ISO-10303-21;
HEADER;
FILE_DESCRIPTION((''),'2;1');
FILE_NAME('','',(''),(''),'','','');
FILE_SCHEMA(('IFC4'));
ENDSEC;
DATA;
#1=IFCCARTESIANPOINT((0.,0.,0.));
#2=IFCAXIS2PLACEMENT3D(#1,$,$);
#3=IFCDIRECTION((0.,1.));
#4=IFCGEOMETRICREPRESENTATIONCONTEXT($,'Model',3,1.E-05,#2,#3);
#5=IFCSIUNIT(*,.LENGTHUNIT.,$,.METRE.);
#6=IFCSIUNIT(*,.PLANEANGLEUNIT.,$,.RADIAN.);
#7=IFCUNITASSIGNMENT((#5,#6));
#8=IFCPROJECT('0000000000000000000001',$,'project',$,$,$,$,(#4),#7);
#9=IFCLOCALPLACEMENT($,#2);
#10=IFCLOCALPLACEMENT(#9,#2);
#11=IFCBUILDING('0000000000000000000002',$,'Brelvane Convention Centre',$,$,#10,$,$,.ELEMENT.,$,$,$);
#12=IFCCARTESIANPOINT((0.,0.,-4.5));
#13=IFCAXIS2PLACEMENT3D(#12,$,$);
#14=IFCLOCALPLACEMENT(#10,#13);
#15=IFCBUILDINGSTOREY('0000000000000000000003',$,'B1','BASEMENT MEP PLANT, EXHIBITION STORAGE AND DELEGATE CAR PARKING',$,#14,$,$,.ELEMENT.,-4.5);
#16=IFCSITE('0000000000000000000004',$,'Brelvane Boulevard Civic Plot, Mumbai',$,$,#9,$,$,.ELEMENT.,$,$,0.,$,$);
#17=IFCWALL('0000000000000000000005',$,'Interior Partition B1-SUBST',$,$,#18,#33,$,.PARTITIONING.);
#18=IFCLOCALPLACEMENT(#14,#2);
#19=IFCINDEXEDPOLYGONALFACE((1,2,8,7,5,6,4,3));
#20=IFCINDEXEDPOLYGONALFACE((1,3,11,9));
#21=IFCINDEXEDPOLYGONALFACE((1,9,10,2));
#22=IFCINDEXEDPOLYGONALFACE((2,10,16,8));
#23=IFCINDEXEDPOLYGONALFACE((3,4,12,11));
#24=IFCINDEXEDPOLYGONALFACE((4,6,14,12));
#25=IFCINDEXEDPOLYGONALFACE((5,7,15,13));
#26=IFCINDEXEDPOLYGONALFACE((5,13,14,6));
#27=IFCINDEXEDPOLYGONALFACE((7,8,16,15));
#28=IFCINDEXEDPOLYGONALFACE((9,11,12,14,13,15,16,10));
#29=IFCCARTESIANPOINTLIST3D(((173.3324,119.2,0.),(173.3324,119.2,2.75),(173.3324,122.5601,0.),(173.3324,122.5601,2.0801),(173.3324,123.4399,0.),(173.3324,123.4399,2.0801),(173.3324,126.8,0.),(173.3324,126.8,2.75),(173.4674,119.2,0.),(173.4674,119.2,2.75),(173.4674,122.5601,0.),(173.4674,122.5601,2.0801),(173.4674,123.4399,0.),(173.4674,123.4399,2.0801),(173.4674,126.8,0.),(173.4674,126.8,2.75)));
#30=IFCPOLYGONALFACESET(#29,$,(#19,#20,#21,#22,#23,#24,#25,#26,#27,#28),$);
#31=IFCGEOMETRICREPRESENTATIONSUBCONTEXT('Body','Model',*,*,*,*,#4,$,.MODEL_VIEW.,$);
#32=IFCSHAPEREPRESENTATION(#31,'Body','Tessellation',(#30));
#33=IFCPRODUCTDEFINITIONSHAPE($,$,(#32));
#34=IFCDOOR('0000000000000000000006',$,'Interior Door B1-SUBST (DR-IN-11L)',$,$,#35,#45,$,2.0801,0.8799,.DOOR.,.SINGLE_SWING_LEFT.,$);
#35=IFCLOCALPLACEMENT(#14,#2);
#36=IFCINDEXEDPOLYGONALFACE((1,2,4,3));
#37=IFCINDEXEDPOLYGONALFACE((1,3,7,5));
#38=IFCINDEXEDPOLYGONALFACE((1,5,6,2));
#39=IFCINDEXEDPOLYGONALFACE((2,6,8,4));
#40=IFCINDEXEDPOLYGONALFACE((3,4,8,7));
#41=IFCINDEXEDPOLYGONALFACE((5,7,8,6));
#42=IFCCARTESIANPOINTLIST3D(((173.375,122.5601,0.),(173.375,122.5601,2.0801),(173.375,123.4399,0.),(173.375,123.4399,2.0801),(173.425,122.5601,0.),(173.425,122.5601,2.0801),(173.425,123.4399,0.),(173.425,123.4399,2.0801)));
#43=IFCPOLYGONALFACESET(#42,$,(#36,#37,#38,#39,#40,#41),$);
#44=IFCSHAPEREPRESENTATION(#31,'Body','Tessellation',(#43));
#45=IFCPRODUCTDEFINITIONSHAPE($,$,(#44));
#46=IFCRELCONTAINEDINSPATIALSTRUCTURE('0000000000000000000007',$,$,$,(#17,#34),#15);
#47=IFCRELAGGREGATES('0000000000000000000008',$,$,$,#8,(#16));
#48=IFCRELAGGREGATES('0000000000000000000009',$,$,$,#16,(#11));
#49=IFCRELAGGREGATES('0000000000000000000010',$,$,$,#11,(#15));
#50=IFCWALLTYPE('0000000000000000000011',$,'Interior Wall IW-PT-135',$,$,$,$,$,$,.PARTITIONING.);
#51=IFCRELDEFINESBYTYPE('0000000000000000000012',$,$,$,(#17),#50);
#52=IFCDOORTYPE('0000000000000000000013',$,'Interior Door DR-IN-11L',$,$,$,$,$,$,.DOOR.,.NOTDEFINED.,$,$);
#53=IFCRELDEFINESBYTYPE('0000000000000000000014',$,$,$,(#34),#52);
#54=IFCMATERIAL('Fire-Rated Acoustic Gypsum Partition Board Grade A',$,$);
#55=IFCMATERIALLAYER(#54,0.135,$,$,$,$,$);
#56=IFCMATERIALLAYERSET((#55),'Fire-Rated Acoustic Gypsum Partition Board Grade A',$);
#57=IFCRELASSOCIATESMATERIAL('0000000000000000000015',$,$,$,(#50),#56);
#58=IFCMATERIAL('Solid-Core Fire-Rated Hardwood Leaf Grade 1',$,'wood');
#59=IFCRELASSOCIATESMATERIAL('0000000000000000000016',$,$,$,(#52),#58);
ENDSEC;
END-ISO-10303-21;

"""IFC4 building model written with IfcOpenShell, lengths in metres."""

from ifc_helpers import new_model, si_unit, direction, frame, frame_2d, origin, place, context, subcontext, project, spatial, rectangle, extrude, material, layer, layer_set, type_object, element, fill, save


model = new_model("IFC4")

# Units and contexts
model_context = context("Model", 3, precision=1e-05, world=origin(), true_north=direction((0.0, 1.0)))
body_context = subcontext(model_context, "Body", "Model", "MODEL_VIEW")
ifc_project = project(units=[si_unit("LENGTHUNIT", "METRE"), si_unit("PLANEANGLEUNIT", "RADIAN")], contexts=[model_context])

# Site, building, storey
site_placement = place(None, origin())
site = spatial("IfcSite", under=ifc_project, at=site_placement, Name="Brelvane Boulevard Civic Plot, Mumbai", CompositionType="ELEMENT", RefElevation=0.0)
building_placement = place(site_placement, origin())
building = spatial("IfcBuilding", under=site, at=building_placement, Name="Brelvane Convention Centre", CompositionType="ELEMENT")
storey_placement = place(building_placement, frame((0.0, 0.0, -4.5)))
storey = spatial("IfcBuildingStorey", under=building, at=storey_placement, Name="B1", Description="BASEMENT MEP PLANT, EXHIBITION STORAGE AND DELEGATE CAR PARKING", CompositionType="ELEMENT", Elevation=-4.5)

# Wall, opening, door
ifc_material_1 = material(Name="Fire-Rated Acoustic Gypsum Partition Board Grade A")
ifc_layer = layer(ifc_material_1, 0.135)
ifc_layer_set = layer_set([ifc_layer], Name="Fire-Rated Acoustic Gypsum Partition Board Grade A")
wall_type = type_object("IfcWallType", Name="Interior Wall IW-PT-135", PredefinedType="PARTITIONING", material=ifc_layer_set)
wall_placement = place(storey_placement, frame((173.3999, 119.2, 0.0), z_axis=(0.0, 0.0, 1.0), x_axis=(0.0, 1.0, 0.0)))
wall = element("IfcWall", 1, at=wall_placement, inside=storey, type_object=wall_type, Name="Interior Partition B1-SUBST", PredefinedType="PARTITIONING", context=body_context, shape_type="SweptSolid", body=[
    extrude(rectangle(XDim=7.6001, YDim=0.135, at=frame_2d((3.8, 0.0))), origin(), (0.0, 0.0, 1.0), 2.75),
])
opening_placement = place(wall_placement, frame((3.3601, 0.0, 0.0)))
opening = element("IfcOpeningElement", 2, at=opening_placement, cuts=wall, PredefinedType="OPENING", context=body_context, shape_type="SweptSolid", body=[
    extrude(rectangle(XDim=0.8799, YDim=2.0801, at=frame_2d((0.4399, 1.04))), frame((0.0, 0.0774, 0.0), z_axis=(0.0, -1.0, 0.0), x_axis=(1.0, 0.0, 0.0)), (0.0, 0.0, 1.0), 0.155),
])
ifc_material_2 = material(Name="Solid-Core Fire-Rated Hardwood Leaf Grade 1", Category="wood")
door_type = type_object("IfcDoorType", Name="Interior Door DR-IN-11L", OperationType="NOTDEFINED", PredefinedType="DOOR", material=ifc_material_2)
door_placement = place(opening_placement, origin())
door = element("IfcDoor", 3, at=door_placement, inside=storey, type_object=door_type, Name="Interior Door B1-SUBST (DR-IN-11L)", OperationType="SINGLE_SWING_LEFT", OverallHeight=2.0801, OverallWidth=0.8799, PredefinedType="DOOR", context=body_context, shape_type="SweptSolid", body=[
    extrude(rectangle(XDim=0.8799, YDim=2.0801, at=frame_2d((0.4399, 1.04))), frame((0.0, 0.0249, 0.0), z_axis=(0.0, -1.0, 0.0), x_axis=(1.0, 0.0, 0.0)), (0.0, 0.0, 1.0), 0.05),
])
fill(opening, door)

save(model, "model.ifc")
